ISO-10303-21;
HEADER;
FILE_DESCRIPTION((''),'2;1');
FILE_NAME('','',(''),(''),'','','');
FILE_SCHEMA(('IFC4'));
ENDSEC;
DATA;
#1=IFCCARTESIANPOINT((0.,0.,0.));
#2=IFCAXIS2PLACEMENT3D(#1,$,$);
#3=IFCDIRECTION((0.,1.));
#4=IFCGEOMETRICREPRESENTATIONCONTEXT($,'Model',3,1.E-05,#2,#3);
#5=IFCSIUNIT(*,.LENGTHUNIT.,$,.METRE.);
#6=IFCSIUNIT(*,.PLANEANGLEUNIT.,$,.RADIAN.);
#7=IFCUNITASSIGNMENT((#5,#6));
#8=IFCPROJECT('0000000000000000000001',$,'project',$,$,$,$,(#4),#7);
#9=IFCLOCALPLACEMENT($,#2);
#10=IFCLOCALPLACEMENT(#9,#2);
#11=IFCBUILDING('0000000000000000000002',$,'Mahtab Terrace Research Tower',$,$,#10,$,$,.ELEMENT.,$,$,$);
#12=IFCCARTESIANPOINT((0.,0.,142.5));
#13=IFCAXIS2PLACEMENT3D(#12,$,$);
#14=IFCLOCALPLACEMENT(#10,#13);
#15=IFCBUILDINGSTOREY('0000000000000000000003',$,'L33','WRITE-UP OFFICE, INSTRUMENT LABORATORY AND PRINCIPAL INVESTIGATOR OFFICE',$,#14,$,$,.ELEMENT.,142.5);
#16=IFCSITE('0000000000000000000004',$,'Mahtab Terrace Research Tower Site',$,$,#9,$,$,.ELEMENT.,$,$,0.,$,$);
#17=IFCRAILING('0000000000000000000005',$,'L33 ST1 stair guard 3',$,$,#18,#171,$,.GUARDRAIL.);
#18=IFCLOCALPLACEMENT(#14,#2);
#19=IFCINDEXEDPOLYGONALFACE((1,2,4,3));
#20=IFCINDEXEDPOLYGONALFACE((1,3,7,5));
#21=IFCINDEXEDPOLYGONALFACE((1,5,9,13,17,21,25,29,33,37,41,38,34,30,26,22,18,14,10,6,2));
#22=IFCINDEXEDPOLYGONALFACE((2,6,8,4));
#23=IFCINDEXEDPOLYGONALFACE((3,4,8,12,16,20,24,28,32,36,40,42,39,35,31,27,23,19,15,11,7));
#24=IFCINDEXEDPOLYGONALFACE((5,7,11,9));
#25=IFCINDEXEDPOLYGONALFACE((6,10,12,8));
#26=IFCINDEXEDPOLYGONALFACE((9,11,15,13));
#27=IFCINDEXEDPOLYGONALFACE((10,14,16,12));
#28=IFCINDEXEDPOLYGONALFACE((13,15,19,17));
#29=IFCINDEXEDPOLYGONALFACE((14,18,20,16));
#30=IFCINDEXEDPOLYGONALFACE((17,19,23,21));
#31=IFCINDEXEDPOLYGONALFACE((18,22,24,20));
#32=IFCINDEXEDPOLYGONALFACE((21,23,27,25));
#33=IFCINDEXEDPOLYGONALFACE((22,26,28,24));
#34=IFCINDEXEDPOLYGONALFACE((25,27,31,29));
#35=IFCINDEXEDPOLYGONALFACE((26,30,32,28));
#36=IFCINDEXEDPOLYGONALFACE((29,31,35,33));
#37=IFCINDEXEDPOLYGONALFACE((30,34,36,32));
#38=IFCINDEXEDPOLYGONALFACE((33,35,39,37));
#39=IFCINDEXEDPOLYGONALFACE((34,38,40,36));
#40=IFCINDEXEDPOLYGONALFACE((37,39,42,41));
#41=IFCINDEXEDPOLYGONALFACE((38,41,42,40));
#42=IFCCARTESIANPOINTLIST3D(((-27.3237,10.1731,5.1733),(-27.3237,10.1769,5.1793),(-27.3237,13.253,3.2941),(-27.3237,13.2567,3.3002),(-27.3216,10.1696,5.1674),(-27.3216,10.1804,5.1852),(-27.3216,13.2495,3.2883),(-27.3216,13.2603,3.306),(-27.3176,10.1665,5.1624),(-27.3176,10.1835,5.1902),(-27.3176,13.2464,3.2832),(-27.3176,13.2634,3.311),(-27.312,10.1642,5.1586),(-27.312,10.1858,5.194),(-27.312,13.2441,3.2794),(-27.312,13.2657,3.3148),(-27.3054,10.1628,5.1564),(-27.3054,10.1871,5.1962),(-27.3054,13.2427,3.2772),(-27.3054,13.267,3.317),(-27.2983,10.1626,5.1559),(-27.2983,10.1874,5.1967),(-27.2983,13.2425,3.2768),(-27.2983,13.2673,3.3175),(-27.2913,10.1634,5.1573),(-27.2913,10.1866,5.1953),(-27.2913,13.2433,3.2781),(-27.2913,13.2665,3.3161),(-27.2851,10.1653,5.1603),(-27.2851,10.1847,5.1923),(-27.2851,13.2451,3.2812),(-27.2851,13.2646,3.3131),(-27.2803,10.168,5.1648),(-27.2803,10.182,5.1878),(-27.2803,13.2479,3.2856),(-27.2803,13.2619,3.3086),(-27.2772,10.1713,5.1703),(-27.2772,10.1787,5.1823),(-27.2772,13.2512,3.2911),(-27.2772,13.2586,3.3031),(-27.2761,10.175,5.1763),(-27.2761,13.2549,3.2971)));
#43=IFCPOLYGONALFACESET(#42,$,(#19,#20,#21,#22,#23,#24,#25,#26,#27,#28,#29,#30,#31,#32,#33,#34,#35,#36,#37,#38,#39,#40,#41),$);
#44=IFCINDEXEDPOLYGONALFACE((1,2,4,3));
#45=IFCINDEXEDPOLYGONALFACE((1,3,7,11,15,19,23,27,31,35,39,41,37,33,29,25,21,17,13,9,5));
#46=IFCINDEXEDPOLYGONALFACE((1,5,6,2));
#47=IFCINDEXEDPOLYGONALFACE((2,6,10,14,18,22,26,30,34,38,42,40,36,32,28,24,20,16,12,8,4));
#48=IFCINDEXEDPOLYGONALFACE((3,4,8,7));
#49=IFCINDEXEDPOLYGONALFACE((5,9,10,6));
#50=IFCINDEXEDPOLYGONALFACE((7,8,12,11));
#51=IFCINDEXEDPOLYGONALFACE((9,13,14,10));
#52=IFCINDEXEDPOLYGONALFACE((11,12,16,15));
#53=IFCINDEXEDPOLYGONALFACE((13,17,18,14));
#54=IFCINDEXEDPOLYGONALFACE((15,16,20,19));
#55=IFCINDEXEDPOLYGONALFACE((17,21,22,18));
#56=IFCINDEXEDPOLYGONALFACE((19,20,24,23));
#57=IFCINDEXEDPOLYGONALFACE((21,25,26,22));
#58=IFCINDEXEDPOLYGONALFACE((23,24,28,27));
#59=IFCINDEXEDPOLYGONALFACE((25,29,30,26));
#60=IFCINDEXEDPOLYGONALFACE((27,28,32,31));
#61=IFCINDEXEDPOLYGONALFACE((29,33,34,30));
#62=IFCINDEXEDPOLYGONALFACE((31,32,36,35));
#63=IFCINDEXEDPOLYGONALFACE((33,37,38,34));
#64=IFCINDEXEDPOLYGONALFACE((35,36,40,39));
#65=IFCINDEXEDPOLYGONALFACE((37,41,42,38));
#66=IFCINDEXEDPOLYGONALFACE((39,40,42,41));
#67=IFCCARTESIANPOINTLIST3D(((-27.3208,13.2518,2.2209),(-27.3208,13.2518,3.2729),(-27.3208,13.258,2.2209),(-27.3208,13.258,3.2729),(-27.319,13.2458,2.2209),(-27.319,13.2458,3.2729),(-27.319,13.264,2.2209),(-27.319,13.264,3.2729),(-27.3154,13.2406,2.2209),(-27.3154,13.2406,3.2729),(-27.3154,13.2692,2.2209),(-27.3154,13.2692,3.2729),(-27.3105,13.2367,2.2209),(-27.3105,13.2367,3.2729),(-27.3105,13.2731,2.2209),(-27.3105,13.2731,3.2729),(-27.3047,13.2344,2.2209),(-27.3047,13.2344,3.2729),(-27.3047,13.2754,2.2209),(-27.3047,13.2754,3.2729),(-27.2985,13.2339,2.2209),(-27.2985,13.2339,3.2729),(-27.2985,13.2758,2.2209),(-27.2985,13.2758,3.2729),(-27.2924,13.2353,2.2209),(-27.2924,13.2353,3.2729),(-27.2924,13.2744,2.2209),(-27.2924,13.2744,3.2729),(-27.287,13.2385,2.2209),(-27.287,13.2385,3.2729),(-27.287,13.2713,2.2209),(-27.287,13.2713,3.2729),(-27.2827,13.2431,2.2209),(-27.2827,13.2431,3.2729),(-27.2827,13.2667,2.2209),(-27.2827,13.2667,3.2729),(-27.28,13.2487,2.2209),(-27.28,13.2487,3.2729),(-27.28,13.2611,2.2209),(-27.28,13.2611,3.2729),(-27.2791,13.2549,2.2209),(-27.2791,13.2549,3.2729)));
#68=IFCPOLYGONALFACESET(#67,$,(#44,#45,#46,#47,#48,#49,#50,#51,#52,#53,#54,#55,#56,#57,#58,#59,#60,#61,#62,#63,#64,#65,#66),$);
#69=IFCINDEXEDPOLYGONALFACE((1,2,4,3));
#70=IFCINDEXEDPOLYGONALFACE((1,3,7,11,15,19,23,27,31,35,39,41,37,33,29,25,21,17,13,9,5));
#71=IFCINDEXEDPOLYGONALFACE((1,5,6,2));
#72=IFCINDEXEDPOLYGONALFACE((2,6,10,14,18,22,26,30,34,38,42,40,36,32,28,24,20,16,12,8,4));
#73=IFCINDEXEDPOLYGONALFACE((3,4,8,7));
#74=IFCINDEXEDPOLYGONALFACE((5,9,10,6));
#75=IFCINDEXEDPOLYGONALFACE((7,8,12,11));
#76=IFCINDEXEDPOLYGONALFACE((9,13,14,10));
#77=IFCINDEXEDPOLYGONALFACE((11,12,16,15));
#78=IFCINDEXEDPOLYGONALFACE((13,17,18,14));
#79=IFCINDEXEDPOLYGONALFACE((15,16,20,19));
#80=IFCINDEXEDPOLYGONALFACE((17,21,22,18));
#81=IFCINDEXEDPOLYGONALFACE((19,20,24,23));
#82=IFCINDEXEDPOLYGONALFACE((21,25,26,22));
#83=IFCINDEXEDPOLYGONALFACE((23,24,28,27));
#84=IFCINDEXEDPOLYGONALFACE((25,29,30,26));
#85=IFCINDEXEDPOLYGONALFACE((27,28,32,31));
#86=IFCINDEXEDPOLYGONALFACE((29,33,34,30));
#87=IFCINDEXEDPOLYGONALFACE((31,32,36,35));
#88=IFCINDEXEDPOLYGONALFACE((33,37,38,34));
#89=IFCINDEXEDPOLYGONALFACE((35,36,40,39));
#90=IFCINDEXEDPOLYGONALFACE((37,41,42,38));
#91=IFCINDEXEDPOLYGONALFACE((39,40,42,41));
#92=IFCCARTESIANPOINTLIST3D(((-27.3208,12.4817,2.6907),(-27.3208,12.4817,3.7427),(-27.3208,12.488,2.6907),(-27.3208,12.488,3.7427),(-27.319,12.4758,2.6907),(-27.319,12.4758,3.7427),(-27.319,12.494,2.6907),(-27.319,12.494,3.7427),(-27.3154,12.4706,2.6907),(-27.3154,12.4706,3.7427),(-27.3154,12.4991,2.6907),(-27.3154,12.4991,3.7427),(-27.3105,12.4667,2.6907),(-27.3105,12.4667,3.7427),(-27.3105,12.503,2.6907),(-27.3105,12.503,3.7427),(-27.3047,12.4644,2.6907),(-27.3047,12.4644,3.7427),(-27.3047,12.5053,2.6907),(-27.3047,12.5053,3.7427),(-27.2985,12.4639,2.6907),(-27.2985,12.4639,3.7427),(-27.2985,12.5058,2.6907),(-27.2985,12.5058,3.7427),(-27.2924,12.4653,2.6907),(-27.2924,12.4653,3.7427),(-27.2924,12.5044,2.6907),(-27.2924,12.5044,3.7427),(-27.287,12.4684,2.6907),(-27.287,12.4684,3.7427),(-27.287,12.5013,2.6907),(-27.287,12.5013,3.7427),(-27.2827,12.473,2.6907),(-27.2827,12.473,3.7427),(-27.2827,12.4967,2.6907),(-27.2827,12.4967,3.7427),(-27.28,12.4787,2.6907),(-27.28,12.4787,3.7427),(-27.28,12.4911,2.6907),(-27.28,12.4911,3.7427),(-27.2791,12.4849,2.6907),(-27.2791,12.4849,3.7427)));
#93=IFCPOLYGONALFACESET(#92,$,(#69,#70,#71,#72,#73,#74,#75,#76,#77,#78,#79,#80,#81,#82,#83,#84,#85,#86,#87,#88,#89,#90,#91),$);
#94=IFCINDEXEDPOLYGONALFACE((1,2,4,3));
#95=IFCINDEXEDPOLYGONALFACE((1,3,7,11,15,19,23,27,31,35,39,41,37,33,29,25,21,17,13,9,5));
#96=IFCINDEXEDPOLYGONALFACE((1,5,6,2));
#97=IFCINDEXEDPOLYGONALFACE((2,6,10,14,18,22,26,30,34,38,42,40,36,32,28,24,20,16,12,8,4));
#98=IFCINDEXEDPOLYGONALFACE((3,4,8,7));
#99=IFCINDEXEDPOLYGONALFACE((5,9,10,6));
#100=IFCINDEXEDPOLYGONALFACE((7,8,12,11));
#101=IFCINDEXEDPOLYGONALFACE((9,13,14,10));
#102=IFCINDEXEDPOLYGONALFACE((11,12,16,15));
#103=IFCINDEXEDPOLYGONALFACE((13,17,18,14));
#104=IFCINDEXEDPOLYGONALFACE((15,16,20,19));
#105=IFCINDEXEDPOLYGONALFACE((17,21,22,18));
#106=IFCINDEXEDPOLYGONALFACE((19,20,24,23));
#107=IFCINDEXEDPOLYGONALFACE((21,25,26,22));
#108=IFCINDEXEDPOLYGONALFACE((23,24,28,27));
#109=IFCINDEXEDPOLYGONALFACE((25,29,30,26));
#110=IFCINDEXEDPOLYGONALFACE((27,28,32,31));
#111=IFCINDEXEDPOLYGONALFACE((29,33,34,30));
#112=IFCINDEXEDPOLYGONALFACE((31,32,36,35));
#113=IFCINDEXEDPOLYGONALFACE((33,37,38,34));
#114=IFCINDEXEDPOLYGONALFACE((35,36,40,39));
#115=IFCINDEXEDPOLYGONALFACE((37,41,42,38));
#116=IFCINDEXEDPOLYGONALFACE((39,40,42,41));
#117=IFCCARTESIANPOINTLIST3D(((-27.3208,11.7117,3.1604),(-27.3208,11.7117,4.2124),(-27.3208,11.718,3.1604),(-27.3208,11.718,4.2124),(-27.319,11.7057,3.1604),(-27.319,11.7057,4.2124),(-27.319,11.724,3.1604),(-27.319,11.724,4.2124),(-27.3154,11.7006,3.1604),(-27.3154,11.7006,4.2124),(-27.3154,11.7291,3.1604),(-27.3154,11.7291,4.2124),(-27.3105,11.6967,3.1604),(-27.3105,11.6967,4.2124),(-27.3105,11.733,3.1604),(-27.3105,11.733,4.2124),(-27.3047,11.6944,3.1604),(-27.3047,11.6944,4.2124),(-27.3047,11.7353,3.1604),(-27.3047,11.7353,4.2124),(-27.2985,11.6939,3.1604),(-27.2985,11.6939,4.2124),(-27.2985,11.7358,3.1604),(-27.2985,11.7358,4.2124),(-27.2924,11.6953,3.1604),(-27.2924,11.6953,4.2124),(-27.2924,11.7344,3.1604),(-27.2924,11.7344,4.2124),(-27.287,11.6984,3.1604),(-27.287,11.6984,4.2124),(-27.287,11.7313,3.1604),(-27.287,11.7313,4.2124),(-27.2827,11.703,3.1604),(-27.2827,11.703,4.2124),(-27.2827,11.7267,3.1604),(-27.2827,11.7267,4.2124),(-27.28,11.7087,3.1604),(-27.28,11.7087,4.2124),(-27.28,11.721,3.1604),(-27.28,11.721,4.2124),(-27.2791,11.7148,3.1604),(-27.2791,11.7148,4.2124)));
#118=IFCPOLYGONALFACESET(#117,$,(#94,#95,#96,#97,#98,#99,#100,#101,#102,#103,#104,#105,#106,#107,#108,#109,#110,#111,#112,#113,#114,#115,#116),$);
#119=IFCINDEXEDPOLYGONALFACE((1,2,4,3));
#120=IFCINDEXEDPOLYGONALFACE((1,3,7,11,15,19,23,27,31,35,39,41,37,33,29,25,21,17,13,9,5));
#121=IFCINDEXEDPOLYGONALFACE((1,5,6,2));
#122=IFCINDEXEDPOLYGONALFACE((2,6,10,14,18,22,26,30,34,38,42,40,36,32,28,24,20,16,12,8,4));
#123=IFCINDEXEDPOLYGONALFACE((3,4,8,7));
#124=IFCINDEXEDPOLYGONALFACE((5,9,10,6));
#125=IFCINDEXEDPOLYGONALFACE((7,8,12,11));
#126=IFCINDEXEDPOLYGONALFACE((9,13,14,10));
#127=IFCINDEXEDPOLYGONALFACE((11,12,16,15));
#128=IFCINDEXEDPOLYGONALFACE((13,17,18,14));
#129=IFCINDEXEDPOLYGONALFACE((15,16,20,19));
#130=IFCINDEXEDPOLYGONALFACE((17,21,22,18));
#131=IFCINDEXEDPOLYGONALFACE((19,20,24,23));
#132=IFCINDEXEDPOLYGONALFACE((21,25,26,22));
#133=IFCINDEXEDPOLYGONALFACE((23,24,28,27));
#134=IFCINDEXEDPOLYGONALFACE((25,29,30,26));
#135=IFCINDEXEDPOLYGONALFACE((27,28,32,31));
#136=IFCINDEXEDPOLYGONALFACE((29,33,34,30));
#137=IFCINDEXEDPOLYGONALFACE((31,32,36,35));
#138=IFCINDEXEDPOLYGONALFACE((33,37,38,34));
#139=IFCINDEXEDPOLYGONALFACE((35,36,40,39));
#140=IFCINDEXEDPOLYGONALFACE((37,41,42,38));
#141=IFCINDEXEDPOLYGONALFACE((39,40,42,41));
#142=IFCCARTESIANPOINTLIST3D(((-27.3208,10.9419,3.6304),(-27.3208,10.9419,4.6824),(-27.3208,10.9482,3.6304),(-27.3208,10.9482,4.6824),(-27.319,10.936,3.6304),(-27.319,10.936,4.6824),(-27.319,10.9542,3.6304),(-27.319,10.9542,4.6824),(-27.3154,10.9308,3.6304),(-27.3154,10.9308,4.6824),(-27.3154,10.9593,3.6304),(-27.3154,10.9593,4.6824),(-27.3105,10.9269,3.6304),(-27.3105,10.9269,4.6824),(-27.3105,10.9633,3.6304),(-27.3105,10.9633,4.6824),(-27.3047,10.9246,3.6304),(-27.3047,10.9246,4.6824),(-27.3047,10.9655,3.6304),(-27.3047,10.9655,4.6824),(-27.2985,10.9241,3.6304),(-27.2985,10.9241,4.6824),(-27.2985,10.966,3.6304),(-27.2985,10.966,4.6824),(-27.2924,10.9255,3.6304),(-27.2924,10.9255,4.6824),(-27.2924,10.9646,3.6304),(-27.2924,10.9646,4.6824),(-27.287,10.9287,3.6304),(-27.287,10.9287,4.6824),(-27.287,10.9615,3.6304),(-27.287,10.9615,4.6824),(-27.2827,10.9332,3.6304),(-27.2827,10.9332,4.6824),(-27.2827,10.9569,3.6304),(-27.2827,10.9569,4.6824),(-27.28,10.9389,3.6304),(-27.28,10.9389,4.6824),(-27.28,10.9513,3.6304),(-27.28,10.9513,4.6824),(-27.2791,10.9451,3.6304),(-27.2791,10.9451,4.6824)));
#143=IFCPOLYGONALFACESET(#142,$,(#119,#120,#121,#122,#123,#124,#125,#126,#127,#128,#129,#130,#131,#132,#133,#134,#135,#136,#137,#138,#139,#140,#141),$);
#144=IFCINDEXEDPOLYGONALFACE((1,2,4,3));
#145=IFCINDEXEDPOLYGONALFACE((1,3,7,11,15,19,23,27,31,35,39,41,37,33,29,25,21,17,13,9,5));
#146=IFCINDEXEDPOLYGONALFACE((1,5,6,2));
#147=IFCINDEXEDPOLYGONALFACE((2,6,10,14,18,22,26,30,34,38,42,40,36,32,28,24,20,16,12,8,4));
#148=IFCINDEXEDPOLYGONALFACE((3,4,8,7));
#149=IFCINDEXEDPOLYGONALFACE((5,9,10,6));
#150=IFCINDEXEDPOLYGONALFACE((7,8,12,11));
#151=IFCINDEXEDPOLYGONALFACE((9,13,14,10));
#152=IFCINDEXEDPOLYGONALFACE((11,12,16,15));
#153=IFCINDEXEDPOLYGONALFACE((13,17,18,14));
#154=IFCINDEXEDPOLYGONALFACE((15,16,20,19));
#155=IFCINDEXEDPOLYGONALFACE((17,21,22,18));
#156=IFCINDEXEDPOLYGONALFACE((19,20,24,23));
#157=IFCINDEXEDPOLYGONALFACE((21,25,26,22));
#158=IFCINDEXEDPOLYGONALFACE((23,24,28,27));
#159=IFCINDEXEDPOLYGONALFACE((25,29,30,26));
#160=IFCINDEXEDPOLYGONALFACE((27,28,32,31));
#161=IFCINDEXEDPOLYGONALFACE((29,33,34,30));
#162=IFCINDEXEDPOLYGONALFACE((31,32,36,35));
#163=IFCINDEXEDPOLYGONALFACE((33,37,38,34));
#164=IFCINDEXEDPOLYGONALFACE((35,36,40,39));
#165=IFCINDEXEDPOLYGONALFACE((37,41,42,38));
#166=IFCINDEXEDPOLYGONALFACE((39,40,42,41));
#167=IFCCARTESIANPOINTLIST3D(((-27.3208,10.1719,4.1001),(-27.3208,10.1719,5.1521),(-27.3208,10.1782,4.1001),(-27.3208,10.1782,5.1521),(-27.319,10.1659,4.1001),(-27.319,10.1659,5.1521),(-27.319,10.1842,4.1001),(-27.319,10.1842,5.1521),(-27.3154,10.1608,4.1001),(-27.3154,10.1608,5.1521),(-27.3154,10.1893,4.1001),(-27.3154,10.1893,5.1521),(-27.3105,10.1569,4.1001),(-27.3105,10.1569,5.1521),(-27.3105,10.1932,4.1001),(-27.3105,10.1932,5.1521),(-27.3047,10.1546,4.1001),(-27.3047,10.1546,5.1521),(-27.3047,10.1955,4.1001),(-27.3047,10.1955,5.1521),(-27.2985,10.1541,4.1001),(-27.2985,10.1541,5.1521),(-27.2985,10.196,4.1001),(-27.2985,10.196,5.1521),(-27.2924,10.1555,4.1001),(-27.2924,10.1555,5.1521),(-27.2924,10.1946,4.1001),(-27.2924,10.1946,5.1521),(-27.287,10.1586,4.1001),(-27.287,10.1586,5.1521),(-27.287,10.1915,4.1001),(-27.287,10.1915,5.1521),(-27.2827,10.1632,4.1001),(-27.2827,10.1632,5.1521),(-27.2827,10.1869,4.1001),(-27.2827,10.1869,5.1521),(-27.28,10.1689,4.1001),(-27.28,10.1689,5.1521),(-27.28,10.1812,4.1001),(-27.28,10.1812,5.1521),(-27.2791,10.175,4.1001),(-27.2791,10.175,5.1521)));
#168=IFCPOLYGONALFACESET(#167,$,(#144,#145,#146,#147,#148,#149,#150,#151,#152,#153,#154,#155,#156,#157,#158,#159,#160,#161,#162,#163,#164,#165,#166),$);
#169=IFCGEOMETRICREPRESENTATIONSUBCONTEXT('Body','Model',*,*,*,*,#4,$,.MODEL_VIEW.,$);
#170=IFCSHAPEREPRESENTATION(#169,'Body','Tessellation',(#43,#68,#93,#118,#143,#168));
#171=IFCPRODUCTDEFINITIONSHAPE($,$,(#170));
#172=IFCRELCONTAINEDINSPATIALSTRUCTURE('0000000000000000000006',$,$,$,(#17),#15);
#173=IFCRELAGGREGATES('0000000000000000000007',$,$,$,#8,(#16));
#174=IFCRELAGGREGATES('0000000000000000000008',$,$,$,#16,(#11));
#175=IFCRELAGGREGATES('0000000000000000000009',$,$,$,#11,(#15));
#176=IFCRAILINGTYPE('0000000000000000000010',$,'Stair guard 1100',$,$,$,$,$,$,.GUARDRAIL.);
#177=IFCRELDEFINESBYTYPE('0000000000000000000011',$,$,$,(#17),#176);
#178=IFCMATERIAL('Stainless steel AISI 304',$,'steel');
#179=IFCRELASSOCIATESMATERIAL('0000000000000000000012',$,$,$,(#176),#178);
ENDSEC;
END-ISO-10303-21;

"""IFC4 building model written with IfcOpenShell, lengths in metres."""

from ifc_helpers import new_model, si_unit, direction, frame, origin, origin_2d, place, context, subcontext, project, spatial, circle, extrude, material, type_object, element, save


model = new_model("IFC4")

# Units and contexts
model_context = context("Model", 3, precision=1e-05, world=origin(), true_north=direction((0.0, 1.0)))
body_context = subcontext(model_context, "Body", "Model", "MODEL_VIEW")
ifc_project = project(units=[si_unit("LENGTHUNIT", "METRE"), si_unit("PLANEANGLEUNIT", "RADIAN")], contexts=[model_context])

# Site, building, storey
site_placement = place(None, origin())
site = spatial("IfcSite", under=ifc_project, at=site_placement, Name="Mahtab Terrace Research Tower Site", CompositionType="ELEMENT", RefElevation=0.0)
building_placement = place(site_placement, origin())
building = spatial("IfcBuilding", under=site, at=building_placement, Name="Mahtab Terrace Research Tower", CompositionType="ELEMENT")
storey_placement = place(building_placement, frame((0.0, 0.0, 142.5)))
storey = spatial("IfcBuildingStorey", under=building, at=storey_placement, Name="L33", Description="WRITE-UP OFFICE, INSTRUMENT LABORATORY AND PRINCIPAL INVESTIGATOR OFFICE", CompositionType="ELEMENT", Elevation=142.5)

# Railing
ifc_material_1 = material(Name="Stainless steel AISI 304", Category="steel")
railing_type_1 = type_object("IfcRailingType", Name="Stair guard 1100", PredefinedType="GUARDRAIL", material=ifc_material_1)
railing_1_placement = place(storey_placement, frame((-27.3, 13.2549, 2.2209)))
element("IfcRailing", 1, at=railing_1_placement, inside=storey, type_object=railing_type_1, Name="L33 ST1 stair guard 3", PredefinedType="GUARDRAIL", context=body_context, shape_type="SweptSolid", body=[
    extrude(circle(Radius=0.0239, at=origin_2d()), frame((0.0, 0.0, 1.0762), z_axis=(0.0, -0.853648, 0.52085), x_axis=(1.0, 0.0, 0.0)), (0.0, 0.0, 1.0), 3.6079),
    extrude(circle(Radius=0.021, at=origin_2d()), origin(), (0.0, 0.0, 1.0), 1.052),
    extrude(circle(Radius=0.021, at=origin_2d()), frame((0.0, -0.77, 0.4697)), (0.0, 0.0, 1.0), 1.052),
    extrude(circle(Radius=0.021, at=origin_2d()), frame((0.0, -1.54, 0.9395)), (0.0, 0.0, 1.0), 1.052),
    extrude(circle(Radius=0.021, at=origin_2d()), frame((0.0, -2.3098, 1.4094)), (0.0, 0.0, 1.0), 1.052),
    extrude(circle(Radius=0.021, at=origin_2d()), frame((0.0, -3.0798, 1.8792)), (0.0, 0.0, 1.0), 1.052),
])

save(model, "model.ifc")
